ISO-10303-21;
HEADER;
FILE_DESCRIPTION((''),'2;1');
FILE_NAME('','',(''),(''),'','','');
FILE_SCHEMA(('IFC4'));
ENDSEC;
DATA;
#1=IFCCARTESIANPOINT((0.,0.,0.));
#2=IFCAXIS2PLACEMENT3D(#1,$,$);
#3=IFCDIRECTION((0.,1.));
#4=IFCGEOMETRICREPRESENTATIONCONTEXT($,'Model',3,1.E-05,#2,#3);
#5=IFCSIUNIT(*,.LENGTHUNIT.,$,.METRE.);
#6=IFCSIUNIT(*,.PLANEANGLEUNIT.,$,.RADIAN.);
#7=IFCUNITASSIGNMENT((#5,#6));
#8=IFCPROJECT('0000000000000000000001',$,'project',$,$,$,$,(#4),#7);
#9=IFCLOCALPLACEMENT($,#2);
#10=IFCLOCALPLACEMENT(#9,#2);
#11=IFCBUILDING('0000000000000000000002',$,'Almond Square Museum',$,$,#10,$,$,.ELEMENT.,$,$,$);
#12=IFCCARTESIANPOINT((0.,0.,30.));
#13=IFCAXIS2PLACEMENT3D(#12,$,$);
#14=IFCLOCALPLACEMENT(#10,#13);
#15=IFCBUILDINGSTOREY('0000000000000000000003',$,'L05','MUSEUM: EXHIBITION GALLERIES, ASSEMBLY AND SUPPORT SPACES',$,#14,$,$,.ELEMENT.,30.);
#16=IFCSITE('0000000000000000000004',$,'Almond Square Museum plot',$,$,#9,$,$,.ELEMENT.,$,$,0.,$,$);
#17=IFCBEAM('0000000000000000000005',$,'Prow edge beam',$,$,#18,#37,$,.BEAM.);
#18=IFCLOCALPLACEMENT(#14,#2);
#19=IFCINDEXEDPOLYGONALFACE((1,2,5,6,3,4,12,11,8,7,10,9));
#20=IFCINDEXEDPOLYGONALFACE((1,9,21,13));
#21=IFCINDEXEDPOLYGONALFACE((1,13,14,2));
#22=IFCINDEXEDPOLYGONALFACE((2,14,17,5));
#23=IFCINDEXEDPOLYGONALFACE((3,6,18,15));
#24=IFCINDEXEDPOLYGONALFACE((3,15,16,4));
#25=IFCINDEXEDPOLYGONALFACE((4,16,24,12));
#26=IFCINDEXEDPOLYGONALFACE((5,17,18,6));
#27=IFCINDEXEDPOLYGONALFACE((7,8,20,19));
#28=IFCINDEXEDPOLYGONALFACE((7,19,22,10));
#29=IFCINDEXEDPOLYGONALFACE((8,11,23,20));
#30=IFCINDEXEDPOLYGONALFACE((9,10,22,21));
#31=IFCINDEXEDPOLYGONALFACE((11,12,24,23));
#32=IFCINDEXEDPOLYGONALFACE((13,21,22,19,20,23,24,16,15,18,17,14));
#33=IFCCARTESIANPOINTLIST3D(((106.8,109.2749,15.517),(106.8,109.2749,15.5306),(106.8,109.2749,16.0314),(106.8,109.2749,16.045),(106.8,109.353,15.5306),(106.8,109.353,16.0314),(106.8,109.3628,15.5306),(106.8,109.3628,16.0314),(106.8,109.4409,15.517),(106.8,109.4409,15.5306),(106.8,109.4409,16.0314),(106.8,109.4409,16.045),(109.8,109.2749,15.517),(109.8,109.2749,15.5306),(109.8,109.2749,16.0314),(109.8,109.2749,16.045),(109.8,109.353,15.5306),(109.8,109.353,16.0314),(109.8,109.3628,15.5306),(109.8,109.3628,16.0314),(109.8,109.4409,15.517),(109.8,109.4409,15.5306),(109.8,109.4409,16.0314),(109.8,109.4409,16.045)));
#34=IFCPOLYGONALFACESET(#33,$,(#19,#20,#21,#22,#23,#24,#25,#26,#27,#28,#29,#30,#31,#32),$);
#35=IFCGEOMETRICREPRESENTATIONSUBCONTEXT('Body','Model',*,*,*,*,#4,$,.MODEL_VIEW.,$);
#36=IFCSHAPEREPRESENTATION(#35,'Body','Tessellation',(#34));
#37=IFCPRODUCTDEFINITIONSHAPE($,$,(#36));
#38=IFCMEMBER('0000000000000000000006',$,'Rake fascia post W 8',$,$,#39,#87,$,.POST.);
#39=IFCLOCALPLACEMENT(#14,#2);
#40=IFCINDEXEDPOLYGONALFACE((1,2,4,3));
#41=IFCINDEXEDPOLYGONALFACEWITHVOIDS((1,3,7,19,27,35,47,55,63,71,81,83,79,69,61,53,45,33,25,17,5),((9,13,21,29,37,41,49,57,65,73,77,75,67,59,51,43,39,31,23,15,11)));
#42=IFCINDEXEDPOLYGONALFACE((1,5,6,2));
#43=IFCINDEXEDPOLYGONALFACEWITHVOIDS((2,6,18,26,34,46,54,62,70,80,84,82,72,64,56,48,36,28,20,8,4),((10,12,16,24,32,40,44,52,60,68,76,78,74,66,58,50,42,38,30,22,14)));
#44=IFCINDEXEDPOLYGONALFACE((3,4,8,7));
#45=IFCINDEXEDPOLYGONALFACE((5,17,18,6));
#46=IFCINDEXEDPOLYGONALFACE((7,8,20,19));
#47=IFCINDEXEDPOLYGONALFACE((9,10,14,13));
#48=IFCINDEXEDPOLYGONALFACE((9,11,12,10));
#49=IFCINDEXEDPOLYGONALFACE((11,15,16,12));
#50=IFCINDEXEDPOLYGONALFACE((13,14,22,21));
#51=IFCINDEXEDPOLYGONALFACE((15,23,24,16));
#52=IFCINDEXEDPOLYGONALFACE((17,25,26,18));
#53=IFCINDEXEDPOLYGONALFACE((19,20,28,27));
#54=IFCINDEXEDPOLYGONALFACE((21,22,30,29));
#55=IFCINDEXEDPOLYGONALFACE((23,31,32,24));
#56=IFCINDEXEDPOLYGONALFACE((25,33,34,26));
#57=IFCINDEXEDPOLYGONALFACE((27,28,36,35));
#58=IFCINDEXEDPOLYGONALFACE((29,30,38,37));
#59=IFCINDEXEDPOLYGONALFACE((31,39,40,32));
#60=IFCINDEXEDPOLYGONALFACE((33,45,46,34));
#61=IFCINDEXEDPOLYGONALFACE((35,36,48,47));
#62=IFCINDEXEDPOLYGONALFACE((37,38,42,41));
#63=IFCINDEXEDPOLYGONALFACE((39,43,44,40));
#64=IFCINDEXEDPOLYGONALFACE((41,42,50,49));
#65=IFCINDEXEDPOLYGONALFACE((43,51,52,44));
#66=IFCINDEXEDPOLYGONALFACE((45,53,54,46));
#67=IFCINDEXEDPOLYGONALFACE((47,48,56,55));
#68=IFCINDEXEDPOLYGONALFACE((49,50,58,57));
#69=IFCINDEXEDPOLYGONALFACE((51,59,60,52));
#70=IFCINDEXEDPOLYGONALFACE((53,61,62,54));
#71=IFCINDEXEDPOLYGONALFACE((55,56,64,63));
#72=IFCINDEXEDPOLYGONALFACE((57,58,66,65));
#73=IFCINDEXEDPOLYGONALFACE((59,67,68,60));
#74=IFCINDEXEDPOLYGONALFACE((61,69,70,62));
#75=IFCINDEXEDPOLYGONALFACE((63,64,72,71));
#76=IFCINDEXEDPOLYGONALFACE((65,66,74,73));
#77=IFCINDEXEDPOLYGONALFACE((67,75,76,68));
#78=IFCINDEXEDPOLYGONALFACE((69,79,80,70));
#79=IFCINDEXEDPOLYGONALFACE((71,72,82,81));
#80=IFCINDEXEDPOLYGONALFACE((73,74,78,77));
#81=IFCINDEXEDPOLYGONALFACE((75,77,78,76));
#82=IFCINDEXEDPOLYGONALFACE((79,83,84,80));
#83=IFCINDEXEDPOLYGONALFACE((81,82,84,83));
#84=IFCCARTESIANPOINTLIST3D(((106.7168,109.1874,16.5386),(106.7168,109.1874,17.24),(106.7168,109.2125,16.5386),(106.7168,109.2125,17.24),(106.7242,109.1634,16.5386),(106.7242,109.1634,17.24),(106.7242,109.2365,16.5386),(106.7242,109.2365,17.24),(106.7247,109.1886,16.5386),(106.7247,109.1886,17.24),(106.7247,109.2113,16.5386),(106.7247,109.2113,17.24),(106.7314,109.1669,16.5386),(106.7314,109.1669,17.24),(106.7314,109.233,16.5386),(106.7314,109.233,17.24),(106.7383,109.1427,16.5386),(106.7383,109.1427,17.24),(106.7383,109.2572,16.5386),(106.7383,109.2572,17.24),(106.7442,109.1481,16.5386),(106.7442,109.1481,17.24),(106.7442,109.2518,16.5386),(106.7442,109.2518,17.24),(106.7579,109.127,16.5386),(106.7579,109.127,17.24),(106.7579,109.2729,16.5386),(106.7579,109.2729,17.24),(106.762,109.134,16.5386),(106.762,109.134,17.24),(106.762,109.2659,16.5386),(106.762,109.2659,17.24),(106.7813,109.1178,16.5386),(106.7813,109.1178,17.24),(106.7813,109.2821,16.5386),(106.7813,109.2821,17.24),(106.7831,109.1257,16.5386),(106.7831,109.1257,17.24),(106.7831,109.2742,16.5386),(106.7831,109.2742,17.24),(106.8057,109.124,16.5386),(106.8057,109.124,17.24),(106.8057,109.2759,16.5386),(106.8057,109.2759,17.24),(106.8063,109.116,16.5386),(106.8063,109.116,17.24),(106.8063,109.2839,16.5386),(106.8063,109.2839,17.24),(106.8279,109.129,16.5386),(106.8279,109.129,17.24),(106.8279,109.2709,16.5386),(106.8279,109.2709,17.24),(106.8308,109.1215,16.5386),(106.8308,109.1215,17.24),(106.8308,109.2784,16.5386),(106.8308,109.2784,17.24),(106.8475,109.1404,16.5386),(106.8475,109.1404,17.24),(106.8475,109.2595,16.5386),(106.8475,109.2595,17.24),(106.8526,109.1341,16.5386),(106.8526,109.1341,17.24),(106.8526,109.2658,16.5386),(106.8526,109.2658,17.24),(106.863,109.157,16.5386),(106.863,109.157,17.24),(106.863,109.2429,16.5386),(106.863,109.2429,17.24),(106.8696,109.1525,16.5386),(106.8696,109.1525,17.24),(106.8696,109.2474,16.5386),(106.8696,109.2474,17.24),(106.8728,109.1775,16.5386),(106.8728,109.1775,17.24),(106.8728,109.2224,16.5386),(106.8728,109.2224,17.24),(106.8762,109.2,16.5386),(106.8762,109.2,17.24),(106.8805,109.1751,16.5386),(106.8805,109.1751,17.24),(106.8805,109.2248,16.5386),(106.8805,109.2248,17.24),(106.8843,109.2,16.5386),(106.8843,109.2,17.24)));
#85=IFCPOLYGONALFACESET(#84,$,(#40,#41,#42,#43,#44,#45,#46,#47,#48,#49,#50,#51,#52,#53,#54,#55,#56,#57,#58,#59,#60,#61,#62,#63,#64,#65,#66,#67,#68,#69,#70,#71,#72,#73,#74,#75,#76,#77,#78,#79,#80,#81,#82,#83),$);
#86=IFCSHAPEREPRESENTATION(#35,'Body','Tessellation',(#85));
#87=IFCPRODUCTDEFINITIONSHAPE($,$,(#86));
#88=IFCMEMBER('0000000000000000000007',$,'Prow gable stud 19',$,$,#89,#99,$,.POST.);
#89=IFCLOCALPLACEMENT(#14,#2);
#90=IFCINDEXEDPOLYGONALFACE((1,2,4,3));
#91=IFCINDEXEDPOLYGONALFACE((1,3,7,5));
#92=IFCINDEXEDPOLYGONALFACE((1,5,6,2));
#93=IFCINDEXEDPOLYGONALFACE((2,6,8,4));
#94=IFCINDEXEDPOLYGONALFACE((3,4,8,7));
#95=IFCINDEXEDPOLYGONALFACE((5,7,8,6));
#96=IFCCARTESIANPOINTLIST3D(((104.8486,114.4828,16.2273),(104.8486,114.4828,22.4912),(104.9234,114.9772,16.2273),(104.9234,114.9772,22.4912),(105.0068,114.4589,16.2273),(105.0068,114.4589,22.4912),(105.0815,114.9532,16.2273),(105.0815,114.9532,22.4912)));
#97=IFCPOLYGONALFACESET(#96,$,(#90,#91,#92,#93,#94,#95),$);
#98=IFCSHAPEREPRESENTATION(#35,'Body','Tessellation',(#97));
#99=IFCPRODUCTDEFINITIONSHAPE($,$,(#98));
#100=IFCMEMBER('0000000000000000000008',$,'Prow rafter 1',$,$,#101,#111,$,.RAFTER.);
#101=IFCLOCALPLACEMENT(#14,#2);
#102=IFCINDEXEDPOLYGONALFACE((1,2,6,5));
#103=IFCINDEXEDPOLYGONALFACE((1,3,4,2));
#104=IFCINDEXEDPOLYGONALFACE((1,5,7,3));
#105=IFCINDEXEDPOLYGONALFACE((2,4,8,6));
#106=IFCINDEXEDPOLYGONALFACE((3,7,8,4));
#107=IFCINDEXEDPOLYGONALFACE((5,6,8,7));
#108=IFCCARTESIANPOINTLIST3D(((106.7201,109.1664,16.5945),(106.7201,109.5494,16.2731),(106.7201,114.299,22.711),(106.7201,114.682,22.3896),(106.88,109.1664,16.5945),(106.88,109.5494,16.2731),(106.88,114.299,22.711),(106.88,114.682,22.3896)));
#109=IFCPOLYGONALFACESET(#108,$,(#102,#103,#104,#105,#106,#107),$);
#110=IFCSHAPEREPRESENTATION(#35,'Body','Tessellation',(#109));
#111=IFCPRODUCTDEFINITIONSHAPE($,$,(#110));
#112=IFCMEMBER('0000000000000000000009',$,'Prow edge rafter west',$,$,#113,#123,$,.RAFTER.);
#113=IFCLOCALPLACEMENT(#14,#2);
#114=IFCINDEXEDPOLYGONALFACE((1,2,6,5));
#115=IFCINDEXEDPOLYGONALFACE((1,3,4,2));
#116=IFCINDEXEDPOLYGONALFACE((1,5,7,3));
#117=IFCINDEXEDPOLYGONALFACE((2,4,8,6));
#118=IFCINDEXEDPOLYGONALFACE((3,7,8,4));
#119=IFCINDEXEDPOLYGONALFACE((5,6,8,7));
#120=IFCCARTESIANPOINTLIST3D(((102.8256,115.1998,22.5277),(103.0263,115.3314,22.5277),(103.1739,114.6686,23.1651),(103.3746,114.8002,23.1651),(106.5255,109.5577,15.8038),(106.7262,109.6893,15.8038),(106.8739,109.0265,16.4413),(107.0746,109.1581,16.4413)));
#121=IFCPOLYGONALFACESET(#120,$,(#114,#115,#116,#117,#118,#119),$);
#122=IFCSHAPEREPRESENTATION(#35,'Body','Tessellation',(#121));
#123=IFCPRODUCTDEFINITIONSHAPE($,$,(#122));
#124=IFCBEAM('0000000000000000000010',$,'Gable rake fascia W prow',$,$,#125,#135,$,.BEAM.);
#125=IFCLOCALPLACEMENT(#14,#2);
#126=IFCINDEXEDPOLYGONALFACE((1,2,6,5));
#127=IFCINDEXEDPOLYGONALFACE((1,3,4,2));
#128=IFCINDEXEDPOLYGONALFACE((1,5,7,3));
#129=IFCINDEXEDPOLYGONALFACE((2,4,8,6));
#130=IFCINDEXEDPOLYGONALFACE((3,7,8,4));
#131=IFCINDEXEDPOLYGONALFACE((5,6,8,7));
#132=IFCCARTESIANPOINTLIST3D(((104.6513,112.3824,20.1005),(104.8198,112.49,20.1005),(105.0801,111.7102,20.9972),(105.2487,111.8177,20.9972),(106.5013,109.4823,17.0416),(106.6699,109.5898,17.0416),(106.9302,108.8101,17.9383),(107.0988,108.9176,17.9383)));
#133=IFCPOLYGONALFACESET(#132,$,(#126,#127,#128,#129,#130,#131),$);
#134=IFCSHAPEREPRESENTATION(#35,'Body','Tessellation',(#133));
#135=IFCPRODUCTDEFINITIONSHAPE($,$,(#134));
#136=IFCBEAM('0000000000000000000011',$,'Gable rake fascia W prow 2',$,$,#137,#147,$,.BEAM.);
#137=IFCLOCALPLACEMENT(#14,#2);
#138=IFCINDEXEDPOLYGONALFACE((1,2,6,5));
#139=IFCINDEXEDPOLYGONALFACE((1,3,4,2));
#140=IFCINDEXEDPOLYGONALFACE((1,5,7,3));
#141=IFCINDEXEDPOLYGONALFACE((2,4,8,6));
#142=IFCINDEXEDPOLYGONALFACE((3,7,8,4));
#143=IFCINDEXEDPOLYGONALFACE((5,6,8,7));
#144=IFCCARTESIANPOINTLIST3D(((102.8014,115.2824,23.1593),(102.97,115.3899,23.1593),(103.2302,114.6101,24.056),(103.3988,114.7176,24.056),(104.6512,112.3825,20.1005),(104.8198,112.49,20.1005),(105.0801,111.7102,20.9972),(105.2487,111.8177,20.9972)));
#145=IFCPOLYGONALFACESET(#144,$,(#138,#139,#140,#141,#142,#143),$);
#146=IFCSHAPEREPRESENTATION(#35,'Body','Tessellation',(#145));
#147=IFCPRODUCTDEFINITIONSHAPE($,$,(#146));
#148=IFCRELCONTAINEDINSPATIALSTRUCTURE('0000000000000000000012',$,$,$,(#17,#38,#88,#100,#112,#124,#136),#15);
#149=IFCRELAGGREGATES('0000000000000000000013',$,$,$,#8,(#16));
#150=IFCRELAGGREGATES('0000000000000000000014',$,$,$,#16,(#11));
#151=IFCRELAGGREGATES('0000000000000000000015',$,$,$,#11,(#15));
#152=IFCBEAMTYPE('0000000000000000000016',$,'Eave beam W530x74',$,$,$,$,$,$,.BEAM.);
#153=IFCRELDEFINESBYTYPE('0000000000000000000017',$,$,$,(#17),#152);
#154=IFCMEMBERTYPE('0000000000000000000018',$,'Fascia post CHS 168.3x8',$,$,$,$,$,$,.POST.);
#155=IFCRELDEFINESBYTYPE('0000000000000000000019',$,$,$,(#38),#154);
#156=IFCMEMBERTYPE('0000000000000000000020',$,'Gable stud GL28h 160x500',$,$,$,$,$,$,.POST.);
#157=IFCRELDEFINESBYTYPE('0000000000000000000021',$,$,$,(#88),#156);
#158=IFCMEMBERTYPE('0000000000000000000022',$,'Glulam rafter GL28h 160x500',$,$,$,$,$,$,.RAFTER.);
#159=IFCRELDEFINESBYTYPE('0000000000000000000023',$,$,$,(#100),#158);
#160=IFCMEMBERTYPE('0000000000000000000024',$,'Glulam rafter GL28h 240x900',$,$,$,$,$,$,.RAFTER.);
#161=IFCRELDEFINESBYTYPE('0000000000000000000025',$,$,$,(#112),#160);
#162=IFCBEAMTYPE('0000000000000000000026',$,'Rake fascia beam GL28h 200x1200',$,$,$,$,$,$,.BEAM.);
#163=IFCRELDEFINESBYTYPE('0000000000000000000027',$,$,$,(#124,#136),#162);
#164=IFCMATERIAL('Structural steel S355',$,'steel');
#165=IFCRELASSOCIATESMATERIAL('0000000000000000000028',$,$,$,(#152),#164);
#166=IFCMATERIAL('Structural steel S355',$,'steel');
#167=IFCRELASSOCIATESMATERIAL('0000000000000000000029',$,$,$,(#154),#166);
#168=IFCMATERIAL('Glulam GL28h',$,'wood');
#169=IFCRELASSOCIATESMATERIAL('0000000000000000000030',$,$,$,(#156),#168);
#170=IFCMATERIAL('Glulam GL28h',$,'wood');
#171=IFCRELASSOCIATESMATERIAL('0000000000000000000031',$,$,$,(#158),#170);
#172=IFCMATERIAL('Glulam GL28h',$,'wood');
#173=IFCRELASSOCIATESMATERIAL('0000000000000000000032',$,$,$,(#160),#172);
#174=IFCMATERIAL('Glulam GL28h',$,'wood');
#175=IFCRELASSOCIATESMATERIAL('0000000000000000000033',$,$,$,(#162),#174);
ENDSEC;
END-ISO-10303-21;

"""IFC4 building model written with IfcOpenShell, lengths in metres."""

from ifc_helpers import new_model, si_unit, direction, frame, origin, origin_2d, place, context, subcontext, project, spatial, rectangle, hollow_circle, i_section, extrude, material, material_profile, profile_set, type_object, element, save


model = new_model("IFC4")

# Units and contexts
model_context = context("Model", 3, precision=1e-05, world=origin(), true_north=direction((0.0, 1.0)))
body_context = subcontext(model_context, "Body", "Model", "MODEL_VIEW")
ifc_project = project(units=[si_unit("LENGTHUNIT", "METRE"), si_unit("PLANEANGLEUNIT", "RADIAN")], contexts=[model_context])

# Site, building, storey
site_placement = place(None, origin())
site = spatial("IfcSite", under=ifc_project, at=site_placement, Name="Almond Square Museum plot", CompositionType="ELEMENT", RefElevation=0.0)
building_placement = place(site_placement, origin())
building = spatial("IfcBuilding", under=site, at=building_placement, Name="Almond Square Museum", CompositionType="ELEMENT")
storey_placement = place(building_placement, frame((0.0, 0.0, 30.0)))
storey = spatial("IfcBuildingStorey", under=building, at=storey_placement, Name="L05", Description="MUSEUM: EXHIBITION GALLERIES, ASSEMBLY AND SUPPORT SPACES", CompositionType="ELEMENT", Elevation=30.0)

# Beam
ifc_material_1 = material(Name="Structural steel S355", Category="steel")
ifc_material_profile_1 = material_profile(ifc_material_1, i_section(OverallWidth=0.166, OverallDepth=0.5281, WebThickness=0.0098, FlangeThickness=0.0137, at=origin_2d()))
ifc_profile_set_1 = profile_set([ifc_material_profile_1], Name="Structural steel S355")
beam_type_1 = type_object("IfcBeamType", Name="Eave beam W530x74", PredefinedType="BEAM", material=ifc_profile_set_1)
beam_1_placement = place(storey_placement, frame((106.8, 109.3579, 15.781), z_axis=(1.0, 0.0, 0.0), x_axis=(0.0, 1.0, 0.0)))
element("IfcBeam", 1, at=beam_1_placement, inside=storey, type_object=beam_type_1, Name="Prow edge beam", PredefinedType="BEAM", context=body_context, shape_type="SweptSolid", body=[
    extrude(i_section(OverallWidth=0.166, OverallDepth=0.5281, WebThickness=0.0098, FlangeThickness=0.0137, at=origin_2d()), origin(), (0.0, 0.0, 1.0), 3.0),
])

# Members
ifc_material_2 = material(Name="Structural steel S355", Category="steel")
ifc_material_profile_2 = material_profile(ifc_material_2, hollow_circle(Radius=0.0842, WallThickness=0.0081, at=origin_2d()))
ifc_profile_set_2 = profile_set([ifc_material_profile_2], Name="Structural steel S355")
member_type_1 = type_object("IfcMemberType", Name="Fascia post CHS 168.3x8", PredefinedType="POST", material=ifc_profile_set_2)
member_1_placement = place(storey_placement, frame((106.8, 109.2, 16.5386), z_axis=(0.0, 0.0, 1.0), x_axis=(1.0, 0.0, 0.0)))
element("IfcMember", 2, at=member_1_placement, inside=storey, type_object=member_type_1, Name="Rake fascia post W 8", PredefinedType="POST", context=body_context, shape_type="SweptSolid", body=[
    extrude(hollow_circle(Radius=0.0842, WallThickness=0.0081, at=origin_2d()), origin(), (0.0, 0.0, 1.0), 0.7014),
])
ifc_material_3 = material(Name="Glulam GL28h", Category="wood")
ifc_material_profile_3 = material_profile(ifc_material_3, rectangle(XDim=0.1599, YDim=0.5, at=origin_2d()))
ifc_profile_set_3 = profile_set([ifc_material_profile_3], Name="Glulam GL28h")
member_type_2 = type_object("IfcMemberType", Name="Gable stud GL28h 160x500", PredefinedType="POST", material=ifc_profile_set_3)
member_2_placement = place(storey_placement, frame((104.9651, 114.718, 16.2273), z_axis=(0.0, 0.0, 1.0), x_axis=(-0.988753, 0.149559, 0.0)))
element("IfcMember", 3, at=member_2_placement, inside=storey, type_object=member_type_2, Name="Prow gable stud 19", PredefinedType="POST", context=body_context, shape_type="SweptSolid", body=[
    extrude(rectangle(XDim=0.1599, YDim=0.5, at=origin_2d()), origin(), (0.0, 0.0, 1.0), 6.2639),
])
ifc_material_4 = material(Name="Glulam GL28h", Category="wood")
ifc_material_profile_4 = material_profile(ifc_material_4, rectangle(XDim=0.1599, YDim=0.5, at=origin_2d()))
ifc_profile_set_4 = profile_set([ifc_material_profile_4], Name="Glulam GL28h")
member_type_3 = type_object("IfcMemberType", Name="Glulam rafter GL28h 160x500", PredefinedType="RAFTER", material=ifc_profile_set_4)
member_3_placement = place(storey_placement, frame((106.8, 109.3579, 16.4338), z_axis=(0.0, 0.642806, 0.766029), x_axis=(-1.0, 0.0, 0.0)))
element("IfcMember", 4, at=member_3_placement, inside=storey, type_object=member_type_3, Name="Prow rafter 1", PredefinedType="RAFTER", context=body_context, shape_type="SweptSolid", body=[
    extrude(rectangle(XDim=0.1599, YDim=0.5, at=origin_2d()), origin(), (0.0, 0.0, 1.0), 7.9846),
])
ifc_material_5 = material(Name="Glulam GL28h", Category="wood")
ifc_material_profile_5 = material_profile(ifc_material_5, rectangle(XDim=0.24, YDim=0.8999, at=origin_2d()))
ifc_profile_set_5 = profile_set([ifc_material_profile_5], Name="Glulam GL28h")
member_type_4 = type_object("IfcMemberType", Name="Glulam rafter GL28h 240x900", PredefinedType="RAFTER", material=ifc_profile_set_5)
member_4_placement = place(storey_placement, frame((106.8, 109.3579, 16.1226), z_axis=(-0.38843, 0.59232, 0.705889), x_axis=(-0.836229, -0.54838, 0.0)))
element("IfcMember", 5, at=member_4_placement, inside=storey, type_object=member_type_4, Name="Prow edge rafter west", PredefinedType="RAFTER", context=body_context, shape_type="SweptSolid", body=[
    extrude(rectangle(XDim=0.24, YDim=0.8999, at=origin_2d()), origin(), (0.0, 0.0, 1.0), 9.5254),
])

# Beams
ifc_material_6 = material(Name="Glulam GL28h", Category="wood")
ifc_material_profile_6 = material_profile(ifc_material_6, rectangle(XDim=0.2, YDim=1.2, at=origin_2d()))
ifc_profile_set_6 = profile_set([ifc_material_profile_6], Name="Glulam GL28h")
beam_type_2 = type_object("IfcBeamType", Name="Rake fascia beam GL28h 200x1200", PredefinedType="BEAM", material=ifc_profile_set_6)
beam_2_placement = place(storey_placement, frame((106.8, 109.2, 17.49), z_axis=(-0.401908, 0.630017, 0.664491), x_axis=(-0.843062, -0.537817, 0.0)))
element("IfcBeam", 6, at=beam_2_placement, inside=storey, type_object=beam_type_2, Name="Gable rake fascia W prow", PredefinedType="BEAM", context=body_context, shape_type="SweptSolid", body=[
    extrude(rectangle(XDim=0.2, YDim=1.2, at=origin_2d()), origin(), (0.0, 0.0, 1.0), 4.6033),
])
beam_3_placement = place(storey_placement, frame((104.95, 112.1001, 20.5488), z_axis=(-0.401877, 0.629999, 0.664527), x_axis=(-0.843074, -0.537798, 0.0)))
element("IfcBeam", 7, at=beam_3_placement, inside=storey, type_object=beam_type_2, Name="Gable rake fascia W prow 2", PredefinedType="BEAM", context=body_context, shape_type="SweptSolid", body=[
    extrude(rectangle(XDim=0.2, YDim=1.2, at=origin_2d()), origin(), (0.0, 0.0, 1.0), 4.603),
])

save(model, "model.ifc")
